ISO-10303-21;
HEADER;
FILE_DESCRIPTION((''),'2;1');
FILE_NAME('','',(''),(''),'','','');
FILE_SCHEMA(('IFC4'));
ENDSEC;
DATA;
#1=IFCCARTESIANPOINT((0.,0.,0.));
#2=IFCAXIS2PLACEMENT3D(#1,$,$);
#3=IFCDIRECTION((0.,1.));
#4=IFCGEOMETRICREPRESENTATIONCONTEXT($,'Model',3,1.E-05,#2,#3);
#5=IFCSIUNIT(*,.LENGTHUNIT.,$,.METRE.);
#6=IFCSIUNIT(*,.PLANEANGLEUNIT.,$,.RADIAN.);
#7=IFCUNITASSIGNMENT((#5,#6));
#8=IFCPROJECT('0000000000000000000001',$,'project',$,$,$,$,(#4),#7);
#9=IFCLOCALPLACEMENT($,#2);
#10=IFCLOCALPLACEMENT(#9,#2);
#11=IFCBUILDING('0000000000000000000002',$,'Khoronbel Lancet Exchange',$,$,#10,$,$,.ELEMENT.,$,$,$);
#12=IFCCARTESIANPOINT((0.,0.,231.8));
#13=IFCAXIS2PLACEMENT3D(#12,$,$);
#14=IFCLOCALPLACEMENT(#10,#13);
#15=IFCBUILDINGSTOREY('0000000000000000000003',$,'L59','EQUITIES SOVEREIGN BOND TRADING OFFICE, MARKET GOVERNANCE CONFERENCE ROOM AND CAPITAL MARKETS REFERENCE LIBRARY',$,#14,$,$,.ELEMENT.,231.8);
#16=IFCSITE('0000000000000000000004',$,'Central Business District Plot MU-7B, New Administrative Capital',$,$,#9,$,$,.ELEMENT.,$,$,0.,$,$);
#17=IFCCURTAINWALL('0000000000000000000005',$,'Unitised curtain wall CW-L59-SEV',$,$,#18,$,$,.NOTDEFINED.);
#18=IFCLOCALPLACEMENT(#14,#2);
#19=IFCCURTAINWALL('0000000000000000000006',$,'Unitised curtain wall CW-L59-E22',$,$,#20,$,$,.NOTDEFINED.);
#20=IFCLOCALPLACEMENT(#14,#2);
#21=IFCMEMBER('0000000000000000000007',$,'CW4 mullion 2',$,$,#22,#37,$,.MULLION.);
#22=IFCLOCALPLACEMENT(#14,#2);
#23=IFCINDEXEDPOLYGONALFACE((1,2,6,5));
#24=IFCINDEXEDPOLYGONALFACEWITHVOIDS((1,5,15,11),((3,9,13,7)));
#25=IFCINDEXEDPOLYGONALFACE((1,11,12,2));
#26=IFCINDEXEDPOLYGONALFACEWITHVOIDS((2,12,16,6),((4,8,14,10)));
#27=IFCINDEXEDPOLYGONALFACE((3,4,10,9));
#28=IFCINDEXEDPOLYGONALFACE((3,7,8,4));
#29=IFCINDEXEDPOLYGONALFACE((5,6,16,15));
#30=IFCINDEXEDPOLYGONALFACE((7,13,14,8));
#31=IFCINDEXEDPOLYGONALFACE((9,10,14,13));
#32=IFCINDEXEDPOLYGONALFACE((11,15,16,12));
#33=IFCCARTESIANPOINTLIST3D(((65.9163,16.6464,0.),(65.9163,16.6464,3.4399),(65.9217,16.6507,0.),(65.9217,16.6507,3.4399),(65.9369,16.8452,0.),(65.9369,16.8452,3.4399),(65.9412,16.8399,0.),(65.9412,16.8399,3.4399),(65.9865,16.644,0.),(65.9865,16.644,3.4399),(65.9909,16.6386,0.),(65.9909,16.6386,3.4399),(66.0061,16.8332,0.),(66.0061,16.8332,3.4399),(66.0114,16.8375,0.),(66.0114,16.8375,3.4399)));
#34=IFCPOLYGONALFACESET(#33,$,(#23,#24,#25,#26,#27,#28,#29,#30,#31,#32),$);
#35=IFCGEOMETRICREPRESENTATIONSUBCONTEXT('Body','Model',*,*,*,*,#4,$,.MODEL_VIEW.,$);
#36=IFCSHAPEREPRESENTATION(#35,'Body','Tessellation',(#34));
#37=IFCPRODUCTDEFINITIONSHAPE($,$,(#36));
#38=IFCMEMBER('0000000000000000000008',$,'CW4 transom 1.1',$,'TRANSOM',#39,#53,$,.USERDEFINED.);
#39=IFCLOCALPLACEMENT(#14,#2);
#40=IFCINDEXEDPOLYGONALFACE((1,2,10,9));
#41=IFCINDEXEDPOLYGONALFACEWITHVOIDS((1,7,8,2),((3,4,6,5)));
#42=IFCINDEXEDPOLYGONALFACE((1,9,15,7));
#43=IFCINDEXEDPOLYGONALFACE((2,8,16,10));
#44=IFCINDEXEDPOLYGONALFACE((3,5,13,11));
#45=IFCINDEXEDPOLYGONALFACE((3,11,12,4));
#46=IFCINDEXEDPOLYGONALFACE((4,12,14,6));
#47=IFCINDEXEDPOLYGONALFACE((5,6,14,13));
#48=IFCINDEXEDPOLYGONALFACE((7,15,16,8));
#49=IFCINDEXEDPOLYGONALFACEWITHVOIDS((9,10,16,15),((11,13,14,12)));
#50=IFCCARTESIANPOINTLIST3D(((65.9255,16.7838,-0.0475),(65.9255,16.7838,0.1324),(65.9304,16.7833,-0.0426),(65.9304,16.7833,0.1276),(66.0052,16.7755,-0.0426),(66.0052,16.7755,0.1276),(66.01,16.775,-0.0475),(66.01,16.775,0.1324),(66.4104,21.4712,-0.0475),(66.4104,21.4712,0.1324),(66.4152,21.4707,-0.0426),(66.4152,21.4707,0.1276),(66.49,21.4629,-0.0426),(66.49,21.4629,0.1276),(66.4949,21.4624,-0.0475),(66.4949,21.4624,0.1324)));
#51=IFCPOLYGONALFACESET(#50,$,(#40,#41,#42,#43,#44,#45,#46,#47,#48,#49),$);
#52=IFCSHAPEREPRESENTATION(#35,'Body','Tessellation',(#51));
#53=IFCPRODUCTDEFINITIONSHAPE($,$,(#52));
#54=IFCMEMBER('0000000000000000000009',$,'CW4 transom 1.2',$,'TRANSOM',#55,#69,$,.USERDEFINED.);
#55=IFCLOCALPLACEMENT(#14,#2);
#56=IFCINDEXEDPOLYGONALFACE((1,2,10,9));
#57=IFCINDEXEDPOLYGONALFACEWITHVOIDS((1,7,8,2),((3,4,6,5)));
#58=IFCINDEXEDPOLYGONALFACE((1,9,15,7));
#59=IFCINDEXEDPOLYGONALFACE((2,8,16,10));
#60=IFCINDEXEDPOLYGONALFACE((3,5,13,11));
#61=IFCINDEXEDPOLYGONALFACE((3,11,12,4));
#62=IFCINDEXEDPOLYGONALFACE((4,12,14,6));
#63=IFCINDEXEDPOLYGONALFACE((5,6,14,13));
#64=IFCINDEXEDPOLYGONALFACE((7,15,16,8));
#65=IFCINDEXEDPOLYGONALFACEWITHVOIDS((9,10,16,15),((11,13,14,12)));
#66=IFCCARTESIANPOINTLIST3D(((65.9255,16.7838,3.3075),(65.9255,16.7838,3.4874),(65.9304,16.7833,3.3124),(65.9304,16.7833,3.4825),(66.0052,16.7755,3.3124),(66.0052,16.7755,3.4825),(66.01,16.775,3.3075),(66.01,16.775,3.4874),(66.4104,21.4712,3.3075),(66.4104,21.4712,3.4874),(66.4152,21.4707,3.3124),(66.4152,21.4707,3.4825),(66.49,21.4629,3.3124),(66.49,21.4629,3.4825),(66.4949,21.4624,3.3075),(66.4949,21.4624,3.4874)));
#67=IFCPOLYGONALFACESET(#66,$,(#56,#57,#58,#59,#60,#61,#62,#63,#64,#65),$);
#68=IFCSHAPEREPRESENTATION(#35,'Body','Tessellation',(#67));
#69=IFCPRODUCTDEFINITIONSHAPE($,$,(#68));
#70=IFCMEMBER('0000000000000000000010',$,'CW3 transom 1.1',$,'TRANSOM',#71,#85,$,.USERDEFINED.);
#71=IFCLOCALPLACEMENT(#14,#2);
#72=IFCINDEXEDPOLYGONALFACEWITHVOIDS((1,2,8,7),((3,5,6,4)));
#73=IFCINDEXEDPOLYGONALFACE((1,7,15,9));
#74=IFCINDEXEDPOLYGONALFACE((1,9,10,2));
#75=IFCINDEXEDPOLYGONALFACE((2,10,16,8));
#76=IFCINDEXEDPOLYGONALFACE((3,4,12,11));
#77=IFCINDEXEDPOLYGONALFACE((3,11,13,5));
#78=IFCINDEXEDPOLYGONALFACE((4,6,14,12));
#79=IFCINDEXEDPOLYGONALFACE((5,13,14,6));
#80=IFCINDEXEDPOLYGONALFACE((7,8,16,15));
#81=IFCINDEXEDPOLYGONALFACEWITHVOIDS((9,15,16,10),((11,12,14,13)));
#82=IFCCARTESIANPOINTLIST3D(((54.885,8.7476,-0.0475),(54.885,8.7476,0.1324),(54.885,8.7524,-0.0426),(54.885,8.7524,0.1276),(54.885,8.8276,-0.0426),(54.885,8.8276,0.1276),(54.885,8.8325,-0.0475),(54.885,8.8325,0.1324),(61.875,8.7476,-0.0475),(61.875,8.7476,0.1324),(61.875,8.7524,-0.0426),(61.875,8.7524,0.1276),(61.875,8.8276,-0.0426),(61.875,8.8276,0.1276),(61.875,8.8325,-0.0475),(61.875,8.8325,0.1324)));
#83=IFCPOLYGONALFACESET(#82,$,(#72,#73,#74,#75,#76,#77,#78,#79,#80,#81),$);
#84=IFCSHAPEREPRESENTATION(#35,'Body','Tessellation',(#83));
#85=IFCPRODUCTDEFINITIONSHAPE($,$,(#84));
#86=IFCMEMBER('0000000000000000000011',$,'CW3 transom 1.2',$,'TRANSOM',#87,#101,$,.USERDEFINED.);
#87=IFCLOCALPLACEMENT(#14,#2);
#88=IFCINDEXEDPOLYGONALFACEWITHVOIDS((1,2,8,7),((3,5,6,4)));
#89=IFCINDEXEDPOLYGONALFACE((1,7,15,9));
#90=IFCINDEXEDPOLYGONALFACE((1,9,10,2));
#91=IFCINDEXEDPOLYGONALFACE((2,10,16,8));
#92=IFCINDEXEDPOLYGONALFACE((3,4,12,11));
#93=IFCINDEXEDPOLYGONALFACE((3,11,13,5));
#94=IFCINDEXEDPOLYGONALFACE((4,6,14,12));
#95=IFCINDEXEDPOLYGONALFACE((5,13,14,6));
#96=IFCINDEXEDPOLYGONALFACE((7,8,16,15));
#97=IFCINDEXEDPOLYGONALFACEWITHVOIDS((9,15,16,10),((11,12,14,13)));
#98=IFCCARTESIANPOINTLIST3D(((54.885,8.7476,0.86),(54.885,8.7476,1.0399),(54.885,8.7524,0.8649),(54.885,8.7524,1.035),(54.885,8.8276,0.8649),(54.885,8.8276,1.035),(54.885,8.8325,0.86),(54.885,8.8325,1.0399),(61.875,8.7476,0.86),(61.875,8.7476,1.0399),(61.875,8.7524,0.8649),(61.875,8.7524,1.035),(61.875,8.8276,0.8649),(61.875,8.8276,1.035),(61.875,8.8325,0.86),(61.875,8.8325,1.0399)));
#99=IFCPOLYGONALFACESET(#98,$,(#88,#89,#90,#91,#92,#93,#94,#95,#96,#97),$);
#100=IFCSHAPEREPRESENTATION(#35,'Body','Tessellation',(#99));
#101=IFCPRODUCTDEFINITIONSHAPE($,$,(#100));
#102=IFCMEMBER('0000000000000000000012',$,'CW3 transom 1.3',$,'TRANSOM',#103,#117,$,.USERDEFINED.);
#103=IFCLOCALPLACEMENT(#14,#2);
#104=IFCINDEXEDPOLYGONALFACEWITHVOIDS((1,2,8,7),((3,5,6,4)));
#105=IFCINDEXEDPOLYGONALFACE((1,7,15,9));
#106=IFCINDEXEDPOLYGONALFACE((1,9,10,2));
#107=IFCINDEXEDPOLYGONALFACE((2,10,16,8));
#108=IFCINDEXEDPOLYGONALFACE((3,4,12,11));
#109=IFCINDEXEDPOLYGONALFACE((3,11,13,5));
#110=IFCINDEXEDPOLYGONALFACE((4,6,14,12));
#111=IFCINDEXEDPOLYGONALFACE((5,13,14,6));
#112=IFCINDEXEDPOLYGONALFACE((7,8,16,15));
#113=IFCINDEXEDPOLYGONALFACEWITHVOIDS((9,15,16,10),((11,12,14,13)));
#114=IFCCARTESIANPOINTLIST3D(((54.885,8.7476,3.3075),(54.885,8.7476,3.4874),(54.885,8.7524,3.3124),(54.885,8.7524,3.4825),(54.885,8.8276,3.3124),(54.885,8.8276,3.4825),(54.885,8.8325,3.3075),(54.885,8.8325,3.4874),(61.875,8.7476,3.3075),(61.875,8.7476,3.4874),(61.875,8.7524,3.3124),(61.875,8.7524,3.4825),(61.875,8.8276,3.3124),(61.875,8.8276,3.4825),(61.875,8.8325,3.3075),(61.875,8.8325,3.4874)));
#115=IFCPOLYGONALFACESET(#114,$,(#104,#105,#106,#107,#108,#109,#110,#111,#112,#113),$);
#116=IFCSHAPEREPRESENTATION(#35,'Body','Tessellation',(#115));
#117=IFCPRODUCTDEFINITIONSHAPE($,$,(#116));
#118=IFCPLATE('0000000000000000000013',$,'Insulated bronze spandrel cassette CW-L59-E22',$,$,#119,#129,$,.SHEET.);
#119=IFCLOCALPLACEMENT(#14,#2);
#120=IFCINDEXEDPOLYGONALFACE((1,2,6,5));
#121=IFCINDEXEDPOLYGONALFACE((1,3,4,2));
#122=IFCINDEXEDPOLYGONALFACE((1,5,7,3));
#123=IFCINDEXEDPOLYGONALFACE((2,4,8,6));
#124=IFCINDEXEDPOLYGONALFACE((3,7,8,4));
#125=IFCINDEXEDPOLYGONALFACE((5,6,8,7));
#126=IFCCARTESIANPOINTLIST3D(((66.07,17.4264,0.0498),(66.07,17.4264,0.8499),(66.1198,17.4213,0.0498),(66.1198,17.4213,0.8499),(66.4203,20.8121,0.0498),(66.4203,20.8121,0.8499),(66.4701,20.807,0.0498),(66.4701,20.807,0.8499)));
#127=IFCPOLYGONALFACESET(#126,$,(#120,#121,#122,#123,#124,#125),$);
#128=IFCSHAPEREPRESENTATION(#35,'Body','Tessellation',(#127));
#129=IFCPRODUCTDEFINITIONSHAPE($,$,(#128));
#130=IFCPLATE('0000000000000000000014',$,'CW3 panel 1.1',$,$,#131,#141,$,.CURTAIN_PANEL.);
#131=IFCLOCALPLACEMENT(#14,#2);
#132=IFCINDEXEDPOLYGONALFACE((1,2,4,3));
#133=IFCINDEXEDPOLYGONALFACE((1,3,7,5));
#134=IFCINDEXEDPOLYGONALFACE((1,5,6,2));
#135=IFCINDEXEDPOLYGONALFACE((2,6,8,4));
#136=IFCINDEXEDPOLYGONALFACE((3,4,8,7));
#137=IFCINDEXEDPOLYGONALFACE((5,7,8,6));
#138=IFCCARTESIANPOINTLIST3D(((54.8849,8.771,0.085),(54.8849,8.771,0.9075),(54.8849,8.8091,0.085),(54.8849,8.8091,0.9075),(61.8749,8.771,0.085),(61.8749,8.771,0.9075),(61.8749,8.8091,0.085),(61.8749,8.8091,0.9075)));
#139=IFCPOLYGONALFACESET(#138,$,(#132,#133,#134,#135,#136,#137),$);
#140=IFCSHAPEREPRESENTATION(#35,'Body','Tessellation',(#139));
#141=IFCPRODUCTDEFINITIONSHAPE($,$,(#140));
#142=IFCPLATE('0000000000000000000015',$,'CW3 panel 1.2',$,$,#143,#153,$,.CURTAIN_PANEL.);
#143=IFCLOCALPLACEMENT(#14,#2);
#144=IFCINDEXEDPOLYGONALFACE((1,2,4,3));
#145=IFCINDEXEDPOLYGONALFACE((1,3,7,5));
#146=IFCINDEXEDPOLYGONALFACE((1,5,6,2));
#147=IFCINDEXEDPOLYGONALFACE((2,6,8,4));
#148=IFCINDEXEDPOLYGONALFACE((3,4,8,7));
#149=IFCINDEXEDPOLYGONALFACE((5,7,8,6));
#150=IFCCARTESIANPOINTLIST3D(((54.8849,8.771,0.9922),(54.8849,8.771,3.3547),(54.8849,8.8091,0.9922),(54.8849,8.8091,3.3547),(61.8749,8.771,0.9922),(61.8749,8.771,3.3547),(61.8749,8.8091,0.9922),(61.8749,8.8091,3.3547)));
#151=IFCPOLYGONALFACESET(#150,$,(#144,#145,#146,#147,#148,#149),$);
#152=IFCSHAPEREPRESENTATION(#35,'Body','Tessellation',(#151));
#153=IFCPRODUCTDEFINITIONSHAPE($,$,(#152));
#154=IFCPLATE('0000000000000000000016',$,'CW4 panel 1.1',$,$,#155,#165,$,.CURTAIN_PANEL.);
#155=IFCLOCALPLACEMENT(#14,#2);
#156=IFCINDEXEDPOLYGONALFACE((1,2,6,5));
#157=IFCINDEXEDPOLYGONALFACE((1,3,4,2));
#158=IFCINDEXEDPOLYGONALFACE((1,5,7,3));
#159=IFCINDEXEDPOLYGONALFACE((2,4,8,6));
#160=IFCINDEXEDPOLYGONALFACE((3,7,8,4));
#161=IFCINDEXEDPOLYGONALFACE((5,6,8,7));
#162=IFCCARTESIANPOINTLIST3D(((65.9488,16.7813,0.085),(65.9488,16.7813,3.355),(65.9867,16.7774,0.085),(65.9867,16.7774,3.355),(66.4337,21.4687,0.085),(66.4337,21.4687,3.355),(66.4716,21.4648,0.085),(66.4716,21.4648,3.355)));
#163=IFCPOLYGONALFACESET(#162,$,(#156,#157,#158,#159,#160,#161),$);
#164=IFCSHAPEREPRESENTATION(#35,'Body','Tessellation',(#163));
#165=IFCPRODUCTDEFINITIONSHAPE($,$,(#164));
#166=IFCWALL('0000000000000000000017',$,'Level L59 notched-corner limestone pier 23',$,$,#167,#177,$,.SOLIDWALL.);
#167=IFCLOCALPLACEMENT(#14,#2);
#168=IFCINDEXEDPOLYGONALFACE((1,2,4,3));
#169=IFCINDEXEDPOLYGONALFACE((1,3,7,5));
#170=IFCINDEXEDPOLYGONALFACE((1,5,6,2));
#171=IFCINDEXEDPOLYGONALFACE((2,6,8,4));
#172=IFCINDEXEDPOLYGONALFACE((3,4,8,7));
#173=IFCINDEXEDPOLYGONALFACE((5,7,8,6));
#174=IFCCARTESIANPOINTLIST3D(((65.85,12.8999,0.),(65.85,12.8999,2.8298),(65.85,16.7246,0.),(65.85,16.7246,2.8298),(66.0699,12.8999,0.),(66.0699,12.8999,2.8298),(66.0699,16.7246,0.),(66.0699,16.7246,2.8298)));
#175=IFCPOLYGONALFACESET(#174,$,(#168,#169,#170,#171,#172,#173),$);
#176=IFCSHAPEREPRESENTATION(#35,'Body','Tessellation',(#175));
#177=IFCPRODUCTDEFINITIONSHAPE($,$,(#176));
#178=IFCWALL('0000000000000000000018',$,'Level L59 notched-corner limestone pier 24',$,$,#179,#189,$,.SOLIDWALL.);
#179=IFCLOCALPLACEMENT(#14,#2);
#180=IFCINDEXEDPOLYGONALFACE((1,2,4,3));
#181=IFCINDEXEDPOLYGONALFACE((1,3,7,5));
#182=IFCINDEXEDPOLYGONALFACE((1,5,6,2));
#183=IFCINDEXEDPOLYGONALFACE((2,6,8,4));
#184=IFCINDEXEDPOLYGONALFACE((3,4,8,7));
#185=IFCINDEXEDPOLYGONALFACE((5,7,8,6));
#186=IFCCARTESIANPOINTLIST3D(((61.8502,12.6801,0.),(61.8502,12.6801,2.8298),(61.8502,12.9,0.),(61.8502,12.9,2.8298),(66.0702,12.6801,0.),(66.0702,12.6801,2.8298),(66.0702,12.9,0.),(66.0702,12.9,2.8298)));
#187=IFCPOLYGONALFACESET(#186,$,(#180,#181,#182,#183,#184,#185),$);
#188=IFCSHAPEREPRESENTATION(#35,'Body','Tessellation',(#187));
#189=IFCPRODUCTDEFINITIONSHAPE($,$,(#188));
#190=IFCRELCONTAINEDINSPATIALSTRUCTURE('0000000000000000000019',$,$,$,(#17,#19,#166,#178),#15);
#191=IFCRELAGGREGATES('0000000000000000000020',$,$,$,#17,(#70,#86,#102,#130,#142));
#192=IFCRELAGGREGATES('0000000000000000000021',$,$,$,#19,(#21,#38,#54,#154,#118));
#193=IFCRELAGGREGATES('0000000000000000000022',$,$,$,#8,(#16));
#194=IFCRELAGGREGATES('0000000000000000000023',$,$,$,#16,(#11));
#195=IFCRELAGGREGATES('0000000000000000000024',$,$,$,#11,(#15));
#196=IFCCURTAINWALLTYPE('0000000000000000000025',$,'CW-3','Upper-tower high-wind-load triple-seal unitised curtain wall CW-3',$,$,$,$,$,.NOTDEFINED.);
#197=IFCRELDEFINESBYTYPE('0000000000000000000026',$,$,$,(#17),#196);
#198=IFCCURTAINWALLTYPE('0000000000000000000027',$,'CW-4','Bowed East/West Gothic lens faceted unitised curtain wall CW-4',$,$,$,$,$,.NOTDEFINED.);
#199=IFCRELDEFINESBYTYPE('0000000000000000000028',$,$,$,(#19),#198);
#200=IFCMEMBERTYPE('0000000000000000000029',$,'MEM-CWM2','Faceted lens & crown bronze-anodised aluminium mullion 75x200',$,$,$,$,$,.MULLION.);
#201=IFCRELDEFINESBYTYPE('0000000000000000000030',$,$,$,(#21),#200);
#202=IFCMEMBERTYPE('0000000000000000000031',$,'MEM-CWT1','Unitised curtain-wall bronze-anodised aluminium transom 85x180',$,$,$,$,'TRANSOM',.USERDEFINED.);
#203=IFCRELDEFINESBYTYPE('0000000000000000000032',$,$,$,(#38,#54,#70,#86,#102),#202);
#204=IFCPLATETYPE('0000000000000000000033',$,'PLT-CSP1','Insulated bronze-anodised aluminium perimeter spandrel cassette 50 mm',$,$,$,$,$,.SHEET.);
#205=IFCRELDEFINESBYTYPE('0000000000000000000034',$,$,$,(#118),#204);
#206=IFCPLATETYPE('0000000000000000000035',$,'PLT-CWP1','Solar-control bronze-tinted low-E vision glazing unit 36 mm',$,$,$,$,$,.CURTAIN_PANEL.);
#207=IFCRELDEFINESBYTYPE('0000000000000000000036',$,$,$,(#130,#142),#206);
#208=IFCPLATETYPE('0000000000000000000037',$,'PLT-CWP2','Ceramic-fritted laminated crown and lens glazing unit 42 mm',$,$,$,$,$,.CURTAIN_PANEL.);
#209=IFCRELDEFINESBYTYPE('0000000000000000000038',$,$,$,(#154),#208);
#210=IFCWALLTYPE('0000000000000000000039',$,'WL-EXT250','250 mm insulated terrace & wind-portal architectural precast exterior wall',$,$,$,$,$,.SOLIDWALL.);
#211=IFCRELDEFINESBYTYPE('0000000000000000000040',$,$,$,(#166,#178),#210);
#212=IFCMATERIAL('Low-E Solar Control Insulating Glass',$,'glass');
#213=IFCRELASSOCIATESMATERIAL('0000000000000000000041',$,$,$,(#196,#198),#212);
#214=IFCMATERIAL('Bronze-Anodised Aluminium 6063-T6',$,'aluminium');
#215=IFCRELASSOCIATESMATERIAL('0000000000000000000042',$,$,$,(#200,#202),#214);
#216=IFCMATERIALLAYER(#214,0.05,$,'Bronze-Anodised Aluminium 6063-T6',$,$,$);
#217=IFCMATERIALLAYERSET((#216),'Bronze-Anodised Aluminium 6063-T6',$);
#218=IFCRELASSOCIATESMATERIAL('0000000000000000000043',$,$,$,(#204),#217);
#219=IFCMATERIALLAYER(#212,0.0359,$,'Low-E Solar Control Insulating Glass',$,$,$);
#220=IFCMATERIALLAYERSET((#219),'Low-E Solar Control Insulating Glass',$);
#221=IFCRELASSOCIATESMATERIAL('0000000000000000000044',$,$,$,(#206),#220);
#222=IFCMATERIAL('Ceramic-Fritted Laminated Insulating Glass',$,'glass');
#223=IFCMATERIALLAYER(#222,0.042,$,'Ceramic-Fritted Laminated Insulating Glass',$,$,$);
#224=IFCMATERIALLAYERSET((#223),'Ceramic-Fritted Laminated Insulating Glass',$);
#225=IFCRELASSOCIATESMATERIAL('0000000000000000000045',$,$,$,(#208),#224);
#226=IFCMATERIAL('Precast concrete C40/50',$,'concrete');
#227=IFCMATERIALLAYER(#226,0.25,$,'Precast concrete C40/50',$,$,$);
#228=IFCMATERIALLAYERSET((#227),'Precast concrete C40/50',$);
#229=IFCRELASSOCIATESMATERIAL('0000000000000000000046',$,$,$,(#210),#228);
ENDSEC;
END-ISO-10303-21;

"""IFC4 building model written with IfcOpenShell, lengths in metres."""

from ifc_helpers import new_model, si_unit, direction, frame, frame_2d, origin, origin_2d, place, context, subcontext, project, spatial, rectangle, hollow_rectangle, extrude, material, layer, layer_set, material_profile, profile_set, type_object, element, aggregate, save


model = new_model("IFC4")

# Units and contexts
model_context = context("Model", 3, precision=1e-05, world=origin(), true_north=direction((0.0, 1.0)))
body_context = subcontext(model_context, "Body", "Model", "MODEL_VIEW")
ifc_project = project(units=[si_unit("LENGTHUNIT", "METRE"), si_unit("PLANEANGLEUNIT", "RADIAN")], contexts=[model_context])

# Site, building, storey
site_placement = place(None, origin())
site = spatial("IfcSite", under=ifc_project, at=site_placement, Name="Central Business District Plot MU-7B, New Administrative Capital", CompositionType="ELEMENT", RefElevation=0.0)
building_placement = place(site_placement, origin())
building = spatial("IfcBuilding", under=site, at=building_placement, Name="Khoronbel Lancet Exchange", CompositionType="ELEMENT")
storey_placement = place(building_placement, frame((0.0, 0.0, 231.8)))
storey = spatial("IfcBuildingStorey", under=building, at=storey_placement, Name="L59", Description="EQUITIES SOVEREIGN BOND TRADING OFFICE, MARKET GOVERNANCE CONFERENCE ROOM AND CAPITAL MARKETS REFERENCE LIBRARY", CompositionType="ELEMENT", Elevation=231.8)

# Shared definitions
ifc_material_1 = material(Name="Low-E Solar Control Insulating Glass", Category="glass")
curtain_wall_type_1 = type_object("IfcCurtainWallType", Name="CW-3", Description="Upper-tower high-wind-load triple-seal unitised curtain wall CW-3", PredefinedType="NOTDEFINED", material=ifc_material_1)
ifc_material_2 = material(Name="Bronze-Anodised Aluminium 6063-T6", Category="aluminium")

# Curtain walls, members
curtain_wall_1_placement = place(storey_placement, origin())
curtain_wall_1 = element("IfcCurtainWall", 1, at=curtain_wall_1_placement, inside=storey, type_object=curtain_wall_type_1, Name="Unitised curtain wall CW-L59-SEV", PredefinedType="NOTDEFINED")
curtain_wall_type_2 = type_object("IfcCurtainWallType", Name="CW-4", Description="Bowed East/West Gothic lens faceted unitised curtain wall CW-4", PredefinedType="NOTDEFINED", material=ifc_material_1)
curtain_wall_2_placement = place(storey_placement, origin())
curtain_wall_2 = element("IfcCurtainWall", 2, at=curtain_wall_2_placement, inside=storey, type_object=curtain_wall_type_2, Name="Unitised curtain wall CW-L59-E22", PredefinedType="NOTDEFINED")
ifc_material_profile_1 = material_profile(ifc_material_2, hollow_rectangle(XDim=0.075, YDim=0.2, WallThickness=0.0049, at=origin_2d()), Name="ALU MULLION 75x200")
ifc_profile_set_1 = profile_set([ifc_material_profile_1], Name="Bronze-Anodised Aluminium 6063-T6")
member_type_1 = type_object("IfcMemberType", Name="MEM-CWM2", Description="Faceted lens & crown bronze-anodised aluminium mullion 75x200", PredefinedType="MULLION", material=ifc_profile_set_1)
member_1_placement = place(storey_placement, frame((65.9639, 16.7419, 0.0), z_axis=(0.0, 0.0, 1.0), x_axis=(0.994691, -0.10291, 0.0)))
member_1 = element("IfcMember", 3, at=member_1_placement, type_object=member_type_1, Name="CW4 mullion 2", PredefinedType="MULLION", context=body_context, shape_type="SweptSolid", body=[
    extrude(hollow_rectangle(XDim=0.075, YDim=0.2, WallThickness=0.0049, at=origin_2d()), origin(), (0.0, 0.0, 1.0), 3.4399),
])
ifc_material_profile_2 = material_profile(ifc_material_2, hollow_rectangle(XDim=0.085, YDim=0.1799, WallThickness=0.0049, at=origin_2d()), Name="ALU TRANSOM 85x180")
ifc_profile_set_2 = profile_set([ifc_material_profile_2], Name="Bronze-Anodised Aluminium 6063-T6")
member_type_2 = type_object("IfcMemberType", Name="MEM-CWT1", Description="Unitised curtain-wall bronze-anodised aluminium transom 85x180", ElementType="TRANSOM", PredefinedType="USERDEFINED", material=ifc_profile_set_2)
member_2_placement = place(storey_placement, frame((66.4526, 21.4668, 0.0425), z_axis=(-0.102889, -0.994693, 0.0), x_axis=(0.994693, -0.102889, 0.0)))
member_2 = element("IfcMember", 4, at=member_2_placement, type_object=member_type_2, Name="CW4 transom 1.1", ObjectType="TRANSOM", PredefinedType="USERDEFINED", context=body_context, shape_type="SweptSolid", body=[
    extrude(hollow_rectangle(XDim=0.085, YDim=0.1799, WallThickness=0.0049, at=origin_2d()), origin(), (0.0, 0.0, 1.0), 4.7124),
])
member_3_placement = place(storey_placement, frame((66.4526, 21.4668, 3.3975), z_axis=(-0.102889, -0.994693, 0.0), x_axis=(0.994693, -0.102889, 0.0)))
member_3 = element("IfcMember", 5, at=member_3_placement, type_object=member_type_2, Name="CW4 transom 1.2", ObjectType="TRANSOM", PredefinedType="USERDEFINED", context=body_context, shape_type="SweptSolid", body=[
    extrude(hollow_rectangle(XDim=0.085, YDim=0.1799, WallThickness=0.0049, at=origin_2d()), origin(), (0.0, 0.0, 1.0), 4.7124),
])

# Members
member_4_placement = place(storey_placement, frame((54.885, 8.79, 0.0425), z_axis=(1.0, 0.0, 0.0), x_axis=(0.0, 1.0, 0.0)))
member_4 = element("IfcMember", 6, at=member_4_placement, type_object=member_type_2, Name="CW3 transom 1.1", ObjectType="TRANSOM", PredefinedType="USERDEFINED", context=body_context, shape_type="SweptSolid", body=[
    extrude(hollow_rectangle(XDim=0.085, YDim=0.1799, WallThickness=0.0049, at=origin_2d()), origin(), (0.0, 0.0, 1.0), 6.99),
])
member_5_placement = place(storey_placement, frame((54.885, 8.79, 0.95), z_axis=(1.0, 0.0, 0.0), x_axis=(0.0, 1.0, 0.0)))
member_5 = element("IfcMember", 7, at=member_5_placement, type_object=member_type_2, Name="CW3 transom 1.2", ObjectType="TRANSOM", PredefinedType="USERDEFINED", context=body_context, shape_type="SweptSolid", body=[
    extrude(hollow_rectangle(XDim=0.085, YDim=0.1799, WallThickness=0.0049, at=origin_2d()), origin(), (0.0, 0.0, 1.0), 6.99),
])
member_6_placement = place(storey_placement, frame((54.885, 8.79, 3.3975), z_axis=(1.0, 0.0, 0.0), x_axis=(0.0, 1.0, 0.0)))
member_6 = element("IfcMember", 8, at=member_6_placement, type_object=member_type_2, Name="CW3 transom 1.3", ObjectType="TRANSOM", PredefinedType="USERDEFINED", context=body_context, shape_type="SweptSolid", body=[
    extrude(hollow_rectangle(XDim=0.085, YDim=0.1799, WallThickness=0.0049, at=origin_2d()), origin(), (0.0, 0.0, 1.0), 6.99),
])

# Plates
ifc_layer_1 = layer(ifc_material_2, 0.05, Name="Bronze-Anodised Aluminium 6063-T6")
ifc_layer_set_1 = layer_set([ifc_layer_1], Name="Bronze-Anodised Aluminium 6063-T6")
plate_type_1 = type_object("IfcPlateType", Name="PLT-CSP1", Description="Insulated bronze-anodised aluminium perimeter spandrel cassette 50 mm", PredefinedType="SHEET", material=ifc_layer_set_1)
plate_1_placement = place(storey_placement, frame((66.27, 19.1167, 0.0498), z_axis=(0.0, 0.0, 1.0), x_axis=(-0.10291, -0.994691, 0.0)))
plate_1 = element("IfcPlate", 9, at=plate_1_placement, type_object=plate_type_1, Name="Insulated bronze spandrel cassette CW-L59-E22", PredefinedType="SHEET", context=body_context, shape_type="SweptSolid", body=[
    extrude(rectangle(XDim=3.4038, YDim=0.05, at=origin_2d()), origin(), (0.0, 0.0, 1.0), 0.8),
])
ifc_layer_2 = layer(ifc_material_1, 0.0359, Name="Low-E Solar Control Insulating Glass")
ifc_layer_set_2 = layer_set([ifc_layer_2], Name="Low-E Solar Control Insulating Glass")
plate_type_2 = type_object("IfcPlateType", Name="PLT-CWP1", Description="Solar-control bronze-tinted low-E vision glazing unit 36 mm", PredefinedType="CURTAIN_PANEL", material=ifc_layer_set_2)
plate_2_placement = place(storey_placement, frame((58.3799, 8.79, 0.085), z_axis=(0.0, 0.0, 1.0), x_axis=(1.0, 0.0, 0.0)))
plate_2 = element("IfcPlate", 10, at=plate_2_placement, type_object=plate_type_2, Name="CW3 panel 1.1", PredefinedType="CURTAIN_PANEL", context=body_context, shape_type="SweptSolid", body=[
    extrude(rectangle(XDim=6.99, YDim=0.0381, at=origin_2d()), origin(), (0.0, 0.0, 1.0), 0.8225),
])
plate_3_placement = place(storey_placement, frame((58.3799, 8.79, 0.9922), z_axis=(0.0, 0.0, 1.0), x_axis=(1.0, 0.0, 0.0)))
plate_3 = element("IfcPlate", 11, at=plate_3_placement, type_object=plate_type_2, Name="CW3 panel 1.2", PredefinedType="CURTAIN_PANEL", context=body_context, shape_type="SweptSolid", body=[
    extrude(rectangle(XDim=6.99, YDim=0.0381, at=origin_2d()), origin(), (0.0, 0.0, 1.0), 2.3625),
])
aggregate(curtain_wall_1, [member_4, member_5, member_6, plate_2, plate_3])
ifc_material_3 = material(Name="Ceramic-Fritted Laminated Insulating Glass", Category="glass")
ifc_layer_3 = layer(ifc_material_3, 0.042, Name="Ceramic-Fritted Laminated Insulating Glass")
ifc_layer_set_3 = layer_set([ifc_layer_3], Name="Ceramic-Fritted Laminated Insulating Glass")
plate_type_3 = type_object("IfcPlateType", Name="PLT-CWP2", Description="Ceramic-fritted laminated crown and lens glazing unit 42 mm", PredefinedType="CURTAIN_PANEL", material=ifc_layer_set_3)
plate_4_placement = place(storey_placement, frame((66.2102, 19.123, 0.085), z_axis=(0.0, 0.0, 1.0), x_axis=(-0.10291, -0.994691, 0.0)))
plate_4 = element("IfcPlate", 12, at=plate_4_placement, type_object=plate_type_3, Name="CW4 panel 1.1", PredefinedType="CURTAIN_PANEL", context=body_context, shape_type="SweptSolid", body=[
    extrude(rectangle(XDim=4.7124, YDim=0.0381, at=origin_2d()), origin(), (0.0, 0.0, 1.0), 3.27),
])
aggregate(curtain_wall_2, [member_1, member_2, member_3, plate_4, plate_1])

# Walls
ifc_material_4 = material(Name="Precast concrete C40/50", Category="concrete")
ifc_layer_4 = layer(ifc_material_4, 0.25, Name="Precast concrete C40/50")
ifc_layer_set_4 = layer_set([ifc_layer_4], Name="Precast concrete C40/50")
wall_type_1 = type_object("IfcWallType", Name="WL-EXT250", Description="250 mm insulated terrace & wind-portal architectural precast exterior wall", PredefinedType="SOLIDWALL", material=ifc_layer_set_4)
wall_1_placement = place(storey_placement, frame((65.96, 16.7246, 0.0), z_axis=(0.0, 0.0, 1.0), x_axis=(0.0, -1.0, 0.0)))
element("IfcWall", 13, at=wall_1_placement, inside=storey, type_object=wall_type_1, Name="Level L59 notched-corner limestone pier 23", PredefinedType="SOLIDWALL", context=body_context, shape_type="SweptSolid", body=[
    extrude(rectangle(XDim=3.8247, YDim=0.22, at=frame_2d((1.9124, 0.0))), origin(), (0.0, 0.0, 1.0), 2.8298),
])
wall_2_placement = place(storey_placement, frame((66.0701, 12.79, 0.0), z_axis=(0.0, 0.0, 1.0), x_axis=(-1.0, 0.0, 0.0)))
element("IfcWall", 14, at=wall_2_placement, inside=storey, type_object=wall_type_1, Name="Level L59 notched-corner limestone pier 24", PredefinedType="SOLIDWALL", context=body_context, shape_type="SweptSolid", body=[
    extrude(rectangle(XDim=4.22, YDim=0.22, at=frame_2d((2.1099, 0.0))), origin(), (0.0, 0.0, 1.0), 2.8298),
])

save(model, "model.ifc")
